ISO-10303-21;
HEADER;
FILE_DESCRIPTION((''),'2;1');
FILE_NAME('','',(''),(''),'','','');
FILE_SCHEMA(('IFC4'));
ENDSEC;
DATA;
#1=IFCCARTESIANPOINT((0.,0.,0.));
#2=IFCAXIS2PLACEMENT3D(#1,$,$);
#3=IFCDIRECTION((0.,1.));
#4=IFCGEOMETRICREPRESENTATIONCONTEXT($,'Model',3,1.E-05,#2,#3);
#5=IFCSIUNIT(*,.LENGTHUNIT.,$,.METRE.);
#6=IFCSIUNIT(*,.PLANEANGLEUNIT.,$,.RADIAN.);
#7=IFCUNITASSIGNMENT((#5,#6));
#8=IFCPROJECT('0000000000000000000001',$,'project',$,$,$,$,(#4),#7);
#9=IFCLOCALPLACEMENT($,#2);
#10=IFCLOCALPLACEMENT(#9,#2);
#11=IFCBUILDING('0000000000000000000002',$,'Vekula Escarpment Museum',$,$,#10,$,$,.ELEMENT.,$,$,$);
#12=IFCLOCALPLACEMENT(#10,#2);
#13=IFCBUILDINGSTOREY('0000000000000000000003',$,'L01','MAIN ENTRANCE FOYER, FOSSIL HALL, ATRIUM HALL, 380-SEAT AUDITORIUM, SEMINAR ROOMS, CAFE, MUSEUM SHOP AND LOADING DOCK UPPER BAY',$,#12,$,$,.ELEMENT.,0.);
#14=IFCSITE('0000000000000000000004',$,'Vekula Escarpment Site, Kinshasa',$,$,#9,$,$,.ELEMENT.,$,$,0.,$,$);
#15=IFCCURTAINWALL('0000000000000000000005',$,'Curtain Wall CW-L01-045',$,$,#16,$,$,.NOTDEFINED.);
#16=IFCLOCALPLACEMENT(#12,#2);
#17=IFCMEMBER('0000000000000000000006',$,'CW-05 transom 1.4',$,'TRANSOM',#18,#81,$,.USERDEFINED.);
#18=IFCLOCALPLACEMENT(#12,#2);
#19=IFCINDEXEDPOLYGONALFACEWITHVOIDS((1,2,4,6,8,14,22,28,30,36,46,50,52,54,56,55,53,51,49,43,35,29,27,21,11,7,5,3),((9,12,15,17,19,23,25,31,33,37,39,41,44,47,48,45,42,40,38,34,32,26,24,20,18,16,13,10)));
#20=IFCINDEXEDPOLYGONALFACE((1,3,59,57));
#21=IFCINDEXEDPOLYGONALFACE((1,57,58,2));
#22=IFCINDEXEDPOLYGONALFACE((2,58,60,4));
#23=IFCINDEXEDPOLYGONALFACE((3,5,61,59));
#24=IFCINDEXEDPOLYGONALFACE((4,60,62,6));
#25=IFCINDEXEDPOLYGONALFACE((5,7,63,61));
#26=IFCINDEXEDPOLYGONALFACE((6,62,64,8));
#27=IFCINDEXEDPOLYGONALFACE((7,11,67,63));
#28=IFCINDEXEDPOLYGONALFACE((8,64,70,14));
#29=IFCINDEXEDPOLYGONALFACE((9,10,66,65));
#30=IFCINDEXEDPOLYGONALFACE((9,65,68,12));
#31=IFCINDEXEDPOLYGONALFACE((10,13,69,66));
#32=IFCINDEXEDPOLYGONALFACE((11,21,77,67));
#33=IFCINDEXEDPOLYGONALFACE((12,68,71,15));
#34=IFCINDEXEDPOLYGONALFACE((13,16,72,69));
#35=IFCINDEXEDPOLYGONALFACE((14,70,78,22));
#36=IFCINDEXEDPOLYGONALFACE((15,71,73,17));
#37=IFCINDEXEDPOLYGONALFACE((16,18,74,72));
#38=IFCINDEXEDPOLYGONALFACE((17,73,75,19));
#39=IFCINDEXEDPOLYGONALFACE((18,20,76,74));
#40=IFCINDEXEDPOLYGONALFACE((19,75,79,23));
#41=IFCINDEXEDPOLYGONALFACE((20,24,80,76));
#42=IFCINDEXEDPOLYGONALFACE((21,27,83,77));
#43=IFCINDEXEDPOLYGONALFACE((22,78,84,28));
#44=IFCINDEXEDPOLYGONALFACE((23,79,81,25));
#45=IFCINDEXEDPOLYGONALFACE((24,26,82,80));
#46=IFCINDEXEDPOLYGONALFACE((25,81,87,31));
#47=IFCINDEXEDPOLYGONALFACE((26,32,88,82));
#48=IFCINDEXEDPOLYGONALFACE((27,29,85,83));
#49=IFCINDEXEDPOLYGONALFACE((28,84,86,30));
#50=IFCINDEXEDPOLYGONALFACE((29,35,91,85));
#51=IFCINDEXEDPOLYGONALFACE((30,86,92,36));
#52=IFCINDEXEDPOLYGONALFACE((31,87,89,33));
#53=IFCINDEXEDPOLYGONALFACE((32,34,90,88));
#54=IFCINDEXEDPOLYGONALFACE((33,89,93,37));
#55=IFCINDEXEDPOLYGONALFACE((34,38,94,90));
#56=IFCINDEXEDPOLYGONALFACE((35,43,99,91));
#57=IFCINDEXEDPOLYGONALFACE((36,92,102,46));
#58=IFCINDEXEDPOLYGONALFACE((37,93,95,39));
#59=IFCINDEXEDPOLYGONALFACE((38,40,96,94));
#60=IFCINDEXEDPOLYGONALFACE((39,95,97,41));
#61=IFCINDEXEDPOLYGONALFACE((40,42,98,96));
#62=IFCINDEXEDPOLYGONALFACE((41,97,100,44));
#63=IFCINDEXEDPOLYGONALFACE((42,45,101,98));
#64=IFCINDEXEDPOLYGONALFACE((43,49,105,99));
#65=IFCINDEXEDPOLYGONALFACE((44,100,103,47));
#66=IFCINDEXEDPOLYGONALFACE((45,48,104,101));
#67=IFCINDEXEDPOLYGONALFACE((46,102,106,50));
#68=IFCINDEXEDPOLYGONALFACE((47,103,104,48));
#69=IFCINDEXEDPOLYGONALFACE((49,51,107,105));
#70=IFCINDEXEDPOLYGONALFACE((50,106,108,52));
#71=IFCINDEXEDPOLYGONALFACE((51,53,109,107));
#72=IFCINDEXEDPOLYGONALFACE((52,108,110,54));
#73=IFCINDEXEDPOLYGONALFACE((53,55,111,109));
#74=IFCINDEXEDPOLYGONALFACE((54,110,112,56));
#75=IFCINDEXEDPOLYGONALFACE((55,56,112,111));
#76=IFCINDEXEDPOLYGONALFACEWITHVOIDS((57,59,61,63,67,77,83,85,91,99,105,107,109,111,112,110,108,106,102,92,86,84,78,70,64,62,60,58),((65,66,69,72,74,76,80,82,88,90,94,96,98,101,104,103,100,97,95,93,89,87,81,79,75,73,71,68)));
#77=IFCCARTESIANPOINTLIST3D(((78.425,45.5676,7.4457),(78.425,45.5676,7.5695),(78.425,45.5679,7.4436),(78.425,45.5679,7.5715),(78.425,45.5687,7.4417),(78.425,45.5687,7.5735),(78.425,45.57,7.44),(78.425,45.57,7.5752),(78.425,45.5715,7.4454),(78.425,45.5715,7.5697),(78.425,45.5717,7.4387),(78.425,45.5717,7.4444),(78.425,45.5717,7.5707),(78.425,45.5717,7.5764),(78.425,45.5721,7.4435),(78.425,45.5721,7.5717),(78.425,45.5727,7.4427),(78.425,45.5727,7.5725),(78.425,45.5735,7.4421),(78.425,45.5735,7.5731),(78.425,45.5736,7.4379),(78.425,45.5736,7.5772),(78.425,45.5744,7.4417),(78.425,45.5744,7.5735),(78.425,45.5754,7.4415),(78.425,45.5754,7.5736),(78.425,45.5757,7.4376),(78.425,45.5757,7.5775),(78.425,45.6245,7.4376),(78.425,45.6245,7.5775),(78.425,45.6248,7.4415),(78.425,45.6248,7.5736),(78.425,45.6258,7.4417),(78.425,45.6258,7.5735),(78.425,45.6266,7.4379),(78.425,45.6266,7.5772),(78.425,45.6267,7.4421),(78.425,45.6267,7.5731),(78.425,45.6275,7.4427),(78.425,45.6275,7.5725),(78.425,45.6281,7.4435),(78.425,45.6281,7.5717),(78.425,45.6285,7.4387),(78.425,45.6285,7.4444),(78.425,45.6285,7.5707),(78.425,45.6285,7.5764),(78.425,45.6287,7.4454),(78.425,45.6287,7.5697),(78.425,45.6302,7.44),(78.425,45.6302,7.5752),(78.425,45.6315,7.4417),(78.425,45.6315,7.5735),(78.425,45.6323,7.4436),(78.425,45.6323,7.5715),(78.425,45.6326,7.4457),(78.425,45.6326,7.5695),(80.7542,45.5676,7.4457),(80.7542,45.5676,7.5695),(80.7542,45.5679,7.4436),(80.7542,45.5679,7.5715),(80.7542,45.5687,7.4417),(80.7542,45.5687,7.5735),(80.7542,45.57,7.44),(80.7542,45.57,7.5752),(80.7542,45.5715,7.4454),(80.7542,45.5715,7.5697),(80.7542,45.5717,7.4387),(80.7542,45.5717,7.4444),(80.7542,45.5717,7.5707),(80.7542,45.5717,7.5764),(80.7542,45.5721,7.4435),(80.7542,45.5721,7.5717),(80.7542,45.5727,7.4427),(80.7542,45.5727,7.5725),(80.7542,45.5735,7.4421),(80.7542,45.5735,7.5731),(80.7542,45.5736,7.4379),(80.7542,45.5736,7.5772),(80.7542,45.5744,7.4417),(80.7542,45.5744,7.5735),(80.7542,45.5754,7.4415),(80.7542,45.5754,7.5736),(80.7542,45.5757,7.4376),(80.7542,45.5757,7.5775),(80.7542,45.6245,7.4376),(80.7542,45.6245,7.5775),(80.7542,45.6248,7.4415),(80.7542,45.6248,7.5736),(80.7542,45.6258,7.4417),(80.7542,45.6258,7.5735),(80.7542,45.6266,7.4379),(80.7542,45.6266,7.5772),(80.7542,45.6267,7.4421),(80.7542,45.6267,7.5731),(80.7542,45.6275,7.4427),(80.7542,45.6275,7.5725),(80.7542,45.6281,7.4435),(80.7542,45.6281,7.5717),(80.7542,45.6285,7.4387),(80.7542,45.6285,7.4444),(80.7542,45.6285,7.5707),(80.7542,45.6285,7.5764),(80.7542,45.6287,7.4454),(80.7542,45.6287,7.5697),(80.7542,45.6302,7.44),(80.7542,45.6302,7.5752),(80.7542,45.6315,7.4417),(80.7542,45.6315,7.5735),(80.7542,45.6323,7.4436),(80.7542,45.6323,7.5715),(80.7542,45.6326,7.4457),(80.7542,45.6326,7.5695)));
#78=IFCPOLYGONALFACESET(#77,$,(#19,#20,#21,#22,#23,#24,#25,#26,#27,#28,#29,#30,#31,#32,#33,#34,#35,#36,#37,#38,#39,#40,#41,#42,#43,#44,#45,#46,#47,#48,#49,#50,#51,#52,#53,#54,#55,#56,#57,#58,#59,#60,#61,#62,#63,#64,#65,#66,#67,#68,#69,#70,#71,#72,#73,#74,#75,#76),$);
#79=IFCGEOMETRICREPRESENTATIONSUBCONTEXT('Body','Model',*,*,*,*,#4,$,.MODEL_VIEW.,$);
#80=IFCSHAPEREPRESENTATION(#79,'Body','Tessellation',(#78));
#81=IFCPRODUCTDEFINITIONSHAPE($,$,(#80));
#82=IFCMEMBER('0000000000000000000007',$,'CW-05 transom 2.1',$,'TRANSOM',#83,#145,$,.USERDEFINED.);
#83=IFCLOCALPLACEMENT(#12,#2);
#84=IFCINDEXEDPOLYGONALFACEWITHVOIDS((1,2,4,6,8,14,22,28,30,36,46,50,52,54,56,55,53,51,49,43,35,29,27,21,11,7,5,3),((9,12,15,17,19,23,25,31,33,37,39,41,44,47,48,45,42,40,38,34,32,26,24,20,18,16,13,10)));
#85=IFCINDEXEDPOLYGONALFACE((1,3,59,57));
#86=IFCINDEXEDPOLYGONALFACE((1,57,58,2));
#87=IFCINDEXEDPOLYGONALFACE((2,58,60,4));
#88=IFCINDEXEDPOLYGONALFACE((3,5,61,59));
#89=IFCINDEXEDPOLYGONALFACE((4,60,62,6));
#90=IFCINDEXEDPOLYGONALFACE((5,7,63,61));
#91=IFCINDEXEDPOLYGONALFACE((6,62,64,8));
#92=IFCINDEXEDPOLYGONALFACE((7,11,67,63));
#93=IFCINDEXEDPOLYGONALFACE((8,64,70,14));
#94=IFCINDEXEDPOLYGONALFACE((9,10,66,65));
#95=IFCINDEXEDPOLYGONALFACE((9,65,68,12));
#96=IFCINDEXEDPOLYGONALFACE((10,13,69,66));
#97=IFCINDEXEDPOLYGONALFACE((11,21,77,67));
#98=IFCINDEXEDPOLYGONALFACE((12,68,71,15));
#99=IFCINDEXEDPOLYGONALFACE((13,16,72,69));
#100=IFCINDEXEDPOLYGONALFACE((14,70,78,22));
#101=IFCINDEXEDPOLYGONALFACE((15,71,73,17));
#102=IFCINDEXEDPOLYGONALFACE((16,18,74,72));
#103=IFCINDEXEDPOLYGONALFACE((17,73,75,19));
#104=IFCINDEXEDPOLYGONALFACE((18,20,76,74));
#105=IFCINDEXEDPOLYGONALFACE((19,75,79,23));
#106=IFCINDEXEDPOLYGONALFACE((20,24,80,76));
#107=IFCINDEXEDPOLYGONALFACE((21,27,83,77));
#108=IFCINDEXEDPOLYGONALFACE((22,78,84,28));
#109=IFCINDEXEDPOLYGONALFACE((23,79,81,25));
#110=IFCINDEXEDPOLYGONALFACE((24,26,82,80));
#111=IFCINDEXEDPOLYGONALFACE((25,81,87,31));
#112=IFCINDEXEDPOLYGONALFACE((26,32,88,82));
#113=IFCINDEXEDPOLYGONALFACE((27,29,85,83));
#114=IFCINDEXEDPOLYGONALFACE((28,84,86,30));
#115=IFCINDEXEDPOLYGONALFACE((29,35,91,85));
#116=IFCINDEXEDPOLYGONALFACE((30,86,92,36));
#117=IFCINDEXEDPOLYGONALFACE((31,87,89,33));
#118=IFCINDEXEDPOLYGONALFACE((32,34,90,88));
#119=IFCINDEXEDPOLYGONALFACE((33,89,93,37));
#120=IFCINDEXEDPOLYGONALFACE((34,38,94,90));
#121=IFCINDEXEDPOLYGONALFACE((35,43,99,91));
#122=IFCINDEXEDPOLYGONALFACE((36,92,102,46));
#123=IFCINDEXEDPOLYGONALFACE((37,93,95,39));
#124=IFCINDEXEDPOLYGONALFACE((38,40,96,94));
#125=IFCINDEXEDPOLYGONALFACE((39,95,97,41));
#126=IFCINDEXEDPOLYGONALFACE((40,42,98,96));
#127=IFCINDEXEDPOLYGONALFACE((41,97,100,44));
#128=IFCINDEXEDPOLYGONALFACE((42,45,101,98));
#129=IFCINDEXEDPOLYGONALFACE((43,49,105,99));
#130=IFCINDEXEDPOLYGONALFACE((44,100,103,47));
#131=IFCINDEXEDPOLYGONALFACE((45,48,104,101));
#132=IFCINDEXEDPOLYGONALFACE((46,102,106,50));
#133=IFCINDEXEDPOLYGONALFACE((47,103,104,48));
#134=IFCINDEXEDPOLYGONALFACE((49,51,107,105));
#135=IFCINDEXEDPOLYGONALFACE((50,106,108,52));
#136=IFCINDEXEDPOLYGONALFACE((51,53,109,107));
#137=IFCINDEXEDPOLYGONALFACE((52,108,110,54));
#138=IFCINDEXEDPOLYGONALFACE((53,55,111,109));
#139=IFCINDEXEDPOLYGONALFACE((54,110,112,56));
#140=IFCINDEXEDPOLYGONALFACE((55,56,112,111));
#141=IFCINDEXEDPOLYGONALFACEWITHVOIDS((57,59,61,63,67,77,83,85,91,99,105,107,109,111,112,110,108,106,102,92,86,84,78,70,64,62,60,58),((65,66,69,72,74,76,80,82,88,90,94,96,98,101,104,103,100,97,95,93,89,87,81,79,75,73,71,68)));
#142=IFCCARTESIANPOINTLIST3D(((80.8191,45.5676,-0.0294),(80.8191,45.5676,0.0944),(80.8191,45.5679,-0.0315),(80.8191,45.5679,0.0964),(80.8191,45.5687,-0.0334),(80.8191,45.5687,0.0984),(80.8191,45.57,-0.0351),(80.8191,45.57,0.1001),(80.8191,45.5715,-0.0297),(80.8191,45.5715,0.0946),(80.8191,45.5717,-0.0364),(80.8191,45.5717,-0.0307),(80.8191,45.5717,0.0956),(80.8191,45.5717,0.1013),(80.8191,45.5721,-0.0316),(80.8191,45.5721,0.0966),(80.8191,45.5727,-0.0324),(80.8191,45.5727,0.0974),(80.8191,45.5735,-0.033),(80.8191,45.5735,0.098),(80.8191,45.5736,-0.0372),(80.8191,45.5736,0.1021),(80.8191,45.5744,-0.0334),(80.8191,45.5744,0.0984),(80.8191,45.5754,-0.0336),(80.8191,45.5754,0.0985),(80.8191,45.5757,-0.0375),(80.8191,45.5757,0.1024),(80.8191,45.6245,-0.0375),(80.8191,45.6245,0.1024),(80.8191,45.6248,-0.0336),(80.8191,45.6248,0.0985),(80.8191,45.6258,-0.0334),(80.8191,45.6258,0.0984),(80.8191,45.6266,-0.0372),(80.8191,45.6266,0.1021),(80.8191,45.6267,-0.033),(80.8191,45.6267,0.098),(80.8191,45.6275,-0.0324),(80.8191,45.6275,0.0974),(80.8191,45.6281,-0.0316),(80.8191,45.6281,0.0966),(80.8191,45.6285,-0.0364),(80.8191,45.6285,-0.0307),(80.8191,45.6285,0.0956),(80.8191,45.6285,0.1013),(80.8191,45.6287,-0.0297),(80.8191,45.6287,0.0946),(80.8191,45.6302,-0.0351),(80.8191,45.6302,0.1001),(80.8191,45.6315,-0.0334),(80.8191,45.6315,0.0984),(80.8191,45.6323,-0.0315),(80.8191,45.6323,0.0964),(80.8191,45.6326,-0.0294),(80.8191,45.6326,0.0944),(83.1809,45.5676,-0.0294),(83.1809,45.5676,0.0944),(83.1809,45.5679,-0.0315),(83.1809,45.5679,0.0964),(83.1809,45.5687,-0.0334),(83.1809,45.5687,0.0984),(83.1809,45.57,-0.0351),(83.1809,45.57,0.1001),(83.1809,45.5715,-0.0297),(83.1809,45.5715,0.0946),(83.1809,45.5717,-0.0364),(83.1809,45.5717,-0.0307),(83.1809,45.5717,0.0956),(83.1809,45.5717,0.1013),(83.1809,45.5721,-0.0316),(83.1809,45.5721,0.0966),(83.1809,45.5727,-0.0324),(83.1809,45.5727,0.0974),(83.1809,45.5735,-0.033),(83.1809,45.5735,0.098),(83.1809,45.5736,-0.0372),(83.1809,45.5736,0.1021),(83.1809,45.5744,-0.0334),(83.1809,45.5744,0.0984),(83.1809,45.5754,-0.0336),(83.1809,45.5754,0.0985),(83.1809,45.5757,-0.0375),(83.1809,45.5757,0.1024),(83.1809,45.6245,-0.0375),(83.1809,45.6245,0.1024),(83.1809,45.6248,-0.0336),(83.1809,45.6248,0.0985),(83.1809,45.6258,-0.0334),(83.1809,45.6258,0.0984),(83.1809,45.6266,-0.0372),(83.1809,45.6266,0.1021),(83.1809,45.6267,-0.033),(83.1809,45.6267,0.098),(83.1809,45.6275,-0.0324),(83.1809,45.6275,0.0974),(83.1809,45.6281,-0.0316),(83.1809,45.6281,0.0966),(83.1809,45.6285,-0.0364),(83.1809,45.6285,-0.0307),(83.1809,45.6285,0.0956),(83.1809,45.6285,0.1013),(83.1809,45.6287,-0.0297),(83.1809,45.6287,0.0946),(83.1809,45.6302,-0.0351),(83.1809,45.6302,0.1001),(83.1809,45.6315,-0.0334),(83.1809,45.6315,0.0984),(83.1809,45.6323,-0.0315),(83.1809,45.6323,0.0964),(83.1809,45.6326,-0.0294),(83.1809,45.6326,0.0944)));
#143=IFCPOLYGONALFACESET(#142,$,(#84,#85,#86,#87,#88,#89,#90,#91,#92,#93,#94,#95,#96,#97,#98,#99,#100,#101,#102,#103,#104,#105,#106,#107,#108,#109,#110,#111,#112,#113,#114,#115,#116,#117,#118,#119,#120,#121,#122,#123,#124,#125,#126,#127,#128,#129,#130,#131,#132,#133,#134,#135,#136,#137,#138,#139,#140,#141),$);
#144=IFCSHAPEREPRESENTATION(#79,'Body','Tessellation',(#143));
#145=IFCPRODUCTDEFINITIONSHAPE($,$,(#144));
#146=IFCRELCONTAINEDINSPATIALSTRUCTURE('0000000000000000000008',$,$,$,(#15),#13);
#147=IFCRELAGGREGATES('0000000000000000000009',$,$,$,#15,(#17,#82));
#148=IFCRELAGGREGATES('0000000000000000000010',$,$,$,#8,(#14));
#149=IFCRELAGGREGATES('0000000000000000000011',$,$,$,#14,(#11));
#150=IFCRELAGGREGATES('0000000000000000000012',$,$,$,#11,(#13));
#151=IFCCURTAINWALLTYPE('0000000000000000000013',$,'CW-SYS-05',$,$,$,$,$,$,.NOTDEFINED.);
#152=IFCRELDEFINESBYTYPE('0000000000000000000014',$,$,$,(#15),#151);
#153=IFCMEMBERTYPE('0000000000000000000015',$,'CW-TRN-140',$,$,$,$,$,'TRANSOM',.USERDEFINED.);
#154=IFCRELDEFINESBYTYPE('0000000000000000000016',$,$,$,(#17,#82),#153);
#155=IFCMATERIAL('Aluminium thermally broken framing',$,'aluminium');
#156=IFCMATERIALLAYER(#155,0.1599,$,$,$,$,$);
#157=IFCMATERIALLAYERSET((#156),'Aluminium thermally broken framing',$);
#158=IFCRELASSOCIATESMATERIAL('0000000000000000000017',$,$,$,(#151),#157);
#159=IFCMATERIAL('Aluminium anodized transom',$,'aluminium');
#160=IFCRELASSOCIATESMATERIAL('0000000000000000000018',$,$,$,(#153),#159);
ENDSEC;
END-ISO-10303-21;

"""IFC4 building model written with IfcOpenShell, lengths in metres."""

from ifc_helpers import new_model, si_unit, direction, frame, origin, origin_2d, place, context, subcontext, project, spatial, hollow_rectangle, extrude, material, layer, layer_set, material_profile, profile_set, type_object, element, aggregate, save


model = new_model("IFC4")

# Units and contexts
model_context = context("Model", 3, precision=1e-05, world=origin(), true_north=direction((0.0, 1.0)))
body_context = subcontext(model_context, "Body", "Model", "MODEL_VIEW")
ifc_project = project(units=[si_unit("LENGTHUNIT", "METRE"), si_unit("PLANEANGLEUNIT", "RADIAN")], contexts=[model_context])

# Site, building, storey
site_placement = place(None, origin())
site = spatial("IfcSite", under=ifc_project, at=site_placement, Name="Vekula Escarpment Site, Kinshasa", CompositionType="ELEMENT", RefElevation=0.0)
building_placement = place(site_placement, origin())
building = spatial("IfcBuilding", under=site, at=building_placement, Name="Vekula Escarpment Museum", CompositionType="ELEMENT")
storey_placement = place(building_placement, origin())
storey = spatial("IfcBuildingStorey", under=building, at=storey_placement, Name="L01", Description="MAIN ENTRANCE FOYER, FOSSIL HALL, ATRIUM HALL, 380-SEAT AUDITORIUM, SEMINAR ROOMS, CAFE, MUSEUM SHOP AND LOADING DOCK UPPER BAY", CompositionType="ELEMENT", Elevation=0.0)

# Curtain wall, members
ifc_material_1 = material(Name="Aluminium thermally broken framing", Category="aluminium")
ifc_layer_1 = layer(ifc_material_1, 0.1599)
ifc_layer_set_1 = layer_set([ifc_layer_1], Name="Aluminium thermally broken framing")
curtain_wall_type = type_object("IfcCurtainWallType", Name="CW-SYS-05", PredefinedType="NOTDEFINED", material=ifc_layer_set_1)
curtain_wall_placement = place(storey_placement, origin())
curtain_wall = element("IfcCurtainWall", 1, at=curtain_wall_placement, inside=storey, type_object=curtain_wall_type, Name="Curtain Wall CW-L01-045", PredefinedType="NOTDEFINED")
ifc_material_2 = material(Name="Aluminium anodized transom", Category="aluminium")
ifc_material_profile_1 = material_profile(ifc_material_2, hollow_rectangle(XDim=0.0649, YDim=0.1399, WallThickness=0.0039, InnerFilletRadius=0.0039, OuterFilletRadius=0.0081, at=origin_2d()), Name="ALU 140x65x4")
ifc_profile_set_1 = profile_set([ifc_material_profile_1], Name="Aluminium anodized transom")
member_type_1 = type_object("IfcMemberType", Name="CW-TRN-140", ElementType="TRANSOM", PredefinedType="USERDEFINED", material=ifc_profile_set_1)
member_1_placement = place(storey_placement, frame((78.425, 45.6001, 7.5076), z_axis=(1.0, 0.0, 0.0), x_axis=(0.0, 1.0, 0.0)))
member_1 = element("IfcMember", 2, at=member_1_placement, type_object=member_type_1, Name="CW-05 transom 1.4", ObjectType="TRANSOM", PredefinedType="USERDEFINED", context=body_context, shape_type="SweptSolid", body=[
    extrude(hollow_rectangle(XDim=0.0649, YDim=0.1399, WallThickness=0.0039, InnerFilletRadius=0.0039, OuterFilletRadius=0.0081, at=origin_2d()), origin(), (0.0, 0.0, 1.0), 2.3291),
])
member_2_placement = place(storey_placement, frame((80.8191, 45.6001, 0.0325), z_axis=(1.0, 0.0, 0.0), x_axis=(0.0, 1.0, 0.0)))
member_2 = element("IfcMember", 3, at=member_2_placement, type_object=member_type_1, Name="CW-05 transom 2.1", ObjectType="TRANSOM", PredefinedType="USERDEFINED", context=body_context, shape_type="SweptSolid", body=[
    extrude(hollow_rectangle(XDim=0.0649, YDim=0.1399, WallThickness=0.0039, InnerFilletRadius=0.0039, OuterFilletRadius=0.0081, at=origin_2d()), origin(), (0.0, 0.0, 1.0), 2.3618),
])

aggregate(curtain_wall, [member_1, member_2])

save(model, "model.ifc")
